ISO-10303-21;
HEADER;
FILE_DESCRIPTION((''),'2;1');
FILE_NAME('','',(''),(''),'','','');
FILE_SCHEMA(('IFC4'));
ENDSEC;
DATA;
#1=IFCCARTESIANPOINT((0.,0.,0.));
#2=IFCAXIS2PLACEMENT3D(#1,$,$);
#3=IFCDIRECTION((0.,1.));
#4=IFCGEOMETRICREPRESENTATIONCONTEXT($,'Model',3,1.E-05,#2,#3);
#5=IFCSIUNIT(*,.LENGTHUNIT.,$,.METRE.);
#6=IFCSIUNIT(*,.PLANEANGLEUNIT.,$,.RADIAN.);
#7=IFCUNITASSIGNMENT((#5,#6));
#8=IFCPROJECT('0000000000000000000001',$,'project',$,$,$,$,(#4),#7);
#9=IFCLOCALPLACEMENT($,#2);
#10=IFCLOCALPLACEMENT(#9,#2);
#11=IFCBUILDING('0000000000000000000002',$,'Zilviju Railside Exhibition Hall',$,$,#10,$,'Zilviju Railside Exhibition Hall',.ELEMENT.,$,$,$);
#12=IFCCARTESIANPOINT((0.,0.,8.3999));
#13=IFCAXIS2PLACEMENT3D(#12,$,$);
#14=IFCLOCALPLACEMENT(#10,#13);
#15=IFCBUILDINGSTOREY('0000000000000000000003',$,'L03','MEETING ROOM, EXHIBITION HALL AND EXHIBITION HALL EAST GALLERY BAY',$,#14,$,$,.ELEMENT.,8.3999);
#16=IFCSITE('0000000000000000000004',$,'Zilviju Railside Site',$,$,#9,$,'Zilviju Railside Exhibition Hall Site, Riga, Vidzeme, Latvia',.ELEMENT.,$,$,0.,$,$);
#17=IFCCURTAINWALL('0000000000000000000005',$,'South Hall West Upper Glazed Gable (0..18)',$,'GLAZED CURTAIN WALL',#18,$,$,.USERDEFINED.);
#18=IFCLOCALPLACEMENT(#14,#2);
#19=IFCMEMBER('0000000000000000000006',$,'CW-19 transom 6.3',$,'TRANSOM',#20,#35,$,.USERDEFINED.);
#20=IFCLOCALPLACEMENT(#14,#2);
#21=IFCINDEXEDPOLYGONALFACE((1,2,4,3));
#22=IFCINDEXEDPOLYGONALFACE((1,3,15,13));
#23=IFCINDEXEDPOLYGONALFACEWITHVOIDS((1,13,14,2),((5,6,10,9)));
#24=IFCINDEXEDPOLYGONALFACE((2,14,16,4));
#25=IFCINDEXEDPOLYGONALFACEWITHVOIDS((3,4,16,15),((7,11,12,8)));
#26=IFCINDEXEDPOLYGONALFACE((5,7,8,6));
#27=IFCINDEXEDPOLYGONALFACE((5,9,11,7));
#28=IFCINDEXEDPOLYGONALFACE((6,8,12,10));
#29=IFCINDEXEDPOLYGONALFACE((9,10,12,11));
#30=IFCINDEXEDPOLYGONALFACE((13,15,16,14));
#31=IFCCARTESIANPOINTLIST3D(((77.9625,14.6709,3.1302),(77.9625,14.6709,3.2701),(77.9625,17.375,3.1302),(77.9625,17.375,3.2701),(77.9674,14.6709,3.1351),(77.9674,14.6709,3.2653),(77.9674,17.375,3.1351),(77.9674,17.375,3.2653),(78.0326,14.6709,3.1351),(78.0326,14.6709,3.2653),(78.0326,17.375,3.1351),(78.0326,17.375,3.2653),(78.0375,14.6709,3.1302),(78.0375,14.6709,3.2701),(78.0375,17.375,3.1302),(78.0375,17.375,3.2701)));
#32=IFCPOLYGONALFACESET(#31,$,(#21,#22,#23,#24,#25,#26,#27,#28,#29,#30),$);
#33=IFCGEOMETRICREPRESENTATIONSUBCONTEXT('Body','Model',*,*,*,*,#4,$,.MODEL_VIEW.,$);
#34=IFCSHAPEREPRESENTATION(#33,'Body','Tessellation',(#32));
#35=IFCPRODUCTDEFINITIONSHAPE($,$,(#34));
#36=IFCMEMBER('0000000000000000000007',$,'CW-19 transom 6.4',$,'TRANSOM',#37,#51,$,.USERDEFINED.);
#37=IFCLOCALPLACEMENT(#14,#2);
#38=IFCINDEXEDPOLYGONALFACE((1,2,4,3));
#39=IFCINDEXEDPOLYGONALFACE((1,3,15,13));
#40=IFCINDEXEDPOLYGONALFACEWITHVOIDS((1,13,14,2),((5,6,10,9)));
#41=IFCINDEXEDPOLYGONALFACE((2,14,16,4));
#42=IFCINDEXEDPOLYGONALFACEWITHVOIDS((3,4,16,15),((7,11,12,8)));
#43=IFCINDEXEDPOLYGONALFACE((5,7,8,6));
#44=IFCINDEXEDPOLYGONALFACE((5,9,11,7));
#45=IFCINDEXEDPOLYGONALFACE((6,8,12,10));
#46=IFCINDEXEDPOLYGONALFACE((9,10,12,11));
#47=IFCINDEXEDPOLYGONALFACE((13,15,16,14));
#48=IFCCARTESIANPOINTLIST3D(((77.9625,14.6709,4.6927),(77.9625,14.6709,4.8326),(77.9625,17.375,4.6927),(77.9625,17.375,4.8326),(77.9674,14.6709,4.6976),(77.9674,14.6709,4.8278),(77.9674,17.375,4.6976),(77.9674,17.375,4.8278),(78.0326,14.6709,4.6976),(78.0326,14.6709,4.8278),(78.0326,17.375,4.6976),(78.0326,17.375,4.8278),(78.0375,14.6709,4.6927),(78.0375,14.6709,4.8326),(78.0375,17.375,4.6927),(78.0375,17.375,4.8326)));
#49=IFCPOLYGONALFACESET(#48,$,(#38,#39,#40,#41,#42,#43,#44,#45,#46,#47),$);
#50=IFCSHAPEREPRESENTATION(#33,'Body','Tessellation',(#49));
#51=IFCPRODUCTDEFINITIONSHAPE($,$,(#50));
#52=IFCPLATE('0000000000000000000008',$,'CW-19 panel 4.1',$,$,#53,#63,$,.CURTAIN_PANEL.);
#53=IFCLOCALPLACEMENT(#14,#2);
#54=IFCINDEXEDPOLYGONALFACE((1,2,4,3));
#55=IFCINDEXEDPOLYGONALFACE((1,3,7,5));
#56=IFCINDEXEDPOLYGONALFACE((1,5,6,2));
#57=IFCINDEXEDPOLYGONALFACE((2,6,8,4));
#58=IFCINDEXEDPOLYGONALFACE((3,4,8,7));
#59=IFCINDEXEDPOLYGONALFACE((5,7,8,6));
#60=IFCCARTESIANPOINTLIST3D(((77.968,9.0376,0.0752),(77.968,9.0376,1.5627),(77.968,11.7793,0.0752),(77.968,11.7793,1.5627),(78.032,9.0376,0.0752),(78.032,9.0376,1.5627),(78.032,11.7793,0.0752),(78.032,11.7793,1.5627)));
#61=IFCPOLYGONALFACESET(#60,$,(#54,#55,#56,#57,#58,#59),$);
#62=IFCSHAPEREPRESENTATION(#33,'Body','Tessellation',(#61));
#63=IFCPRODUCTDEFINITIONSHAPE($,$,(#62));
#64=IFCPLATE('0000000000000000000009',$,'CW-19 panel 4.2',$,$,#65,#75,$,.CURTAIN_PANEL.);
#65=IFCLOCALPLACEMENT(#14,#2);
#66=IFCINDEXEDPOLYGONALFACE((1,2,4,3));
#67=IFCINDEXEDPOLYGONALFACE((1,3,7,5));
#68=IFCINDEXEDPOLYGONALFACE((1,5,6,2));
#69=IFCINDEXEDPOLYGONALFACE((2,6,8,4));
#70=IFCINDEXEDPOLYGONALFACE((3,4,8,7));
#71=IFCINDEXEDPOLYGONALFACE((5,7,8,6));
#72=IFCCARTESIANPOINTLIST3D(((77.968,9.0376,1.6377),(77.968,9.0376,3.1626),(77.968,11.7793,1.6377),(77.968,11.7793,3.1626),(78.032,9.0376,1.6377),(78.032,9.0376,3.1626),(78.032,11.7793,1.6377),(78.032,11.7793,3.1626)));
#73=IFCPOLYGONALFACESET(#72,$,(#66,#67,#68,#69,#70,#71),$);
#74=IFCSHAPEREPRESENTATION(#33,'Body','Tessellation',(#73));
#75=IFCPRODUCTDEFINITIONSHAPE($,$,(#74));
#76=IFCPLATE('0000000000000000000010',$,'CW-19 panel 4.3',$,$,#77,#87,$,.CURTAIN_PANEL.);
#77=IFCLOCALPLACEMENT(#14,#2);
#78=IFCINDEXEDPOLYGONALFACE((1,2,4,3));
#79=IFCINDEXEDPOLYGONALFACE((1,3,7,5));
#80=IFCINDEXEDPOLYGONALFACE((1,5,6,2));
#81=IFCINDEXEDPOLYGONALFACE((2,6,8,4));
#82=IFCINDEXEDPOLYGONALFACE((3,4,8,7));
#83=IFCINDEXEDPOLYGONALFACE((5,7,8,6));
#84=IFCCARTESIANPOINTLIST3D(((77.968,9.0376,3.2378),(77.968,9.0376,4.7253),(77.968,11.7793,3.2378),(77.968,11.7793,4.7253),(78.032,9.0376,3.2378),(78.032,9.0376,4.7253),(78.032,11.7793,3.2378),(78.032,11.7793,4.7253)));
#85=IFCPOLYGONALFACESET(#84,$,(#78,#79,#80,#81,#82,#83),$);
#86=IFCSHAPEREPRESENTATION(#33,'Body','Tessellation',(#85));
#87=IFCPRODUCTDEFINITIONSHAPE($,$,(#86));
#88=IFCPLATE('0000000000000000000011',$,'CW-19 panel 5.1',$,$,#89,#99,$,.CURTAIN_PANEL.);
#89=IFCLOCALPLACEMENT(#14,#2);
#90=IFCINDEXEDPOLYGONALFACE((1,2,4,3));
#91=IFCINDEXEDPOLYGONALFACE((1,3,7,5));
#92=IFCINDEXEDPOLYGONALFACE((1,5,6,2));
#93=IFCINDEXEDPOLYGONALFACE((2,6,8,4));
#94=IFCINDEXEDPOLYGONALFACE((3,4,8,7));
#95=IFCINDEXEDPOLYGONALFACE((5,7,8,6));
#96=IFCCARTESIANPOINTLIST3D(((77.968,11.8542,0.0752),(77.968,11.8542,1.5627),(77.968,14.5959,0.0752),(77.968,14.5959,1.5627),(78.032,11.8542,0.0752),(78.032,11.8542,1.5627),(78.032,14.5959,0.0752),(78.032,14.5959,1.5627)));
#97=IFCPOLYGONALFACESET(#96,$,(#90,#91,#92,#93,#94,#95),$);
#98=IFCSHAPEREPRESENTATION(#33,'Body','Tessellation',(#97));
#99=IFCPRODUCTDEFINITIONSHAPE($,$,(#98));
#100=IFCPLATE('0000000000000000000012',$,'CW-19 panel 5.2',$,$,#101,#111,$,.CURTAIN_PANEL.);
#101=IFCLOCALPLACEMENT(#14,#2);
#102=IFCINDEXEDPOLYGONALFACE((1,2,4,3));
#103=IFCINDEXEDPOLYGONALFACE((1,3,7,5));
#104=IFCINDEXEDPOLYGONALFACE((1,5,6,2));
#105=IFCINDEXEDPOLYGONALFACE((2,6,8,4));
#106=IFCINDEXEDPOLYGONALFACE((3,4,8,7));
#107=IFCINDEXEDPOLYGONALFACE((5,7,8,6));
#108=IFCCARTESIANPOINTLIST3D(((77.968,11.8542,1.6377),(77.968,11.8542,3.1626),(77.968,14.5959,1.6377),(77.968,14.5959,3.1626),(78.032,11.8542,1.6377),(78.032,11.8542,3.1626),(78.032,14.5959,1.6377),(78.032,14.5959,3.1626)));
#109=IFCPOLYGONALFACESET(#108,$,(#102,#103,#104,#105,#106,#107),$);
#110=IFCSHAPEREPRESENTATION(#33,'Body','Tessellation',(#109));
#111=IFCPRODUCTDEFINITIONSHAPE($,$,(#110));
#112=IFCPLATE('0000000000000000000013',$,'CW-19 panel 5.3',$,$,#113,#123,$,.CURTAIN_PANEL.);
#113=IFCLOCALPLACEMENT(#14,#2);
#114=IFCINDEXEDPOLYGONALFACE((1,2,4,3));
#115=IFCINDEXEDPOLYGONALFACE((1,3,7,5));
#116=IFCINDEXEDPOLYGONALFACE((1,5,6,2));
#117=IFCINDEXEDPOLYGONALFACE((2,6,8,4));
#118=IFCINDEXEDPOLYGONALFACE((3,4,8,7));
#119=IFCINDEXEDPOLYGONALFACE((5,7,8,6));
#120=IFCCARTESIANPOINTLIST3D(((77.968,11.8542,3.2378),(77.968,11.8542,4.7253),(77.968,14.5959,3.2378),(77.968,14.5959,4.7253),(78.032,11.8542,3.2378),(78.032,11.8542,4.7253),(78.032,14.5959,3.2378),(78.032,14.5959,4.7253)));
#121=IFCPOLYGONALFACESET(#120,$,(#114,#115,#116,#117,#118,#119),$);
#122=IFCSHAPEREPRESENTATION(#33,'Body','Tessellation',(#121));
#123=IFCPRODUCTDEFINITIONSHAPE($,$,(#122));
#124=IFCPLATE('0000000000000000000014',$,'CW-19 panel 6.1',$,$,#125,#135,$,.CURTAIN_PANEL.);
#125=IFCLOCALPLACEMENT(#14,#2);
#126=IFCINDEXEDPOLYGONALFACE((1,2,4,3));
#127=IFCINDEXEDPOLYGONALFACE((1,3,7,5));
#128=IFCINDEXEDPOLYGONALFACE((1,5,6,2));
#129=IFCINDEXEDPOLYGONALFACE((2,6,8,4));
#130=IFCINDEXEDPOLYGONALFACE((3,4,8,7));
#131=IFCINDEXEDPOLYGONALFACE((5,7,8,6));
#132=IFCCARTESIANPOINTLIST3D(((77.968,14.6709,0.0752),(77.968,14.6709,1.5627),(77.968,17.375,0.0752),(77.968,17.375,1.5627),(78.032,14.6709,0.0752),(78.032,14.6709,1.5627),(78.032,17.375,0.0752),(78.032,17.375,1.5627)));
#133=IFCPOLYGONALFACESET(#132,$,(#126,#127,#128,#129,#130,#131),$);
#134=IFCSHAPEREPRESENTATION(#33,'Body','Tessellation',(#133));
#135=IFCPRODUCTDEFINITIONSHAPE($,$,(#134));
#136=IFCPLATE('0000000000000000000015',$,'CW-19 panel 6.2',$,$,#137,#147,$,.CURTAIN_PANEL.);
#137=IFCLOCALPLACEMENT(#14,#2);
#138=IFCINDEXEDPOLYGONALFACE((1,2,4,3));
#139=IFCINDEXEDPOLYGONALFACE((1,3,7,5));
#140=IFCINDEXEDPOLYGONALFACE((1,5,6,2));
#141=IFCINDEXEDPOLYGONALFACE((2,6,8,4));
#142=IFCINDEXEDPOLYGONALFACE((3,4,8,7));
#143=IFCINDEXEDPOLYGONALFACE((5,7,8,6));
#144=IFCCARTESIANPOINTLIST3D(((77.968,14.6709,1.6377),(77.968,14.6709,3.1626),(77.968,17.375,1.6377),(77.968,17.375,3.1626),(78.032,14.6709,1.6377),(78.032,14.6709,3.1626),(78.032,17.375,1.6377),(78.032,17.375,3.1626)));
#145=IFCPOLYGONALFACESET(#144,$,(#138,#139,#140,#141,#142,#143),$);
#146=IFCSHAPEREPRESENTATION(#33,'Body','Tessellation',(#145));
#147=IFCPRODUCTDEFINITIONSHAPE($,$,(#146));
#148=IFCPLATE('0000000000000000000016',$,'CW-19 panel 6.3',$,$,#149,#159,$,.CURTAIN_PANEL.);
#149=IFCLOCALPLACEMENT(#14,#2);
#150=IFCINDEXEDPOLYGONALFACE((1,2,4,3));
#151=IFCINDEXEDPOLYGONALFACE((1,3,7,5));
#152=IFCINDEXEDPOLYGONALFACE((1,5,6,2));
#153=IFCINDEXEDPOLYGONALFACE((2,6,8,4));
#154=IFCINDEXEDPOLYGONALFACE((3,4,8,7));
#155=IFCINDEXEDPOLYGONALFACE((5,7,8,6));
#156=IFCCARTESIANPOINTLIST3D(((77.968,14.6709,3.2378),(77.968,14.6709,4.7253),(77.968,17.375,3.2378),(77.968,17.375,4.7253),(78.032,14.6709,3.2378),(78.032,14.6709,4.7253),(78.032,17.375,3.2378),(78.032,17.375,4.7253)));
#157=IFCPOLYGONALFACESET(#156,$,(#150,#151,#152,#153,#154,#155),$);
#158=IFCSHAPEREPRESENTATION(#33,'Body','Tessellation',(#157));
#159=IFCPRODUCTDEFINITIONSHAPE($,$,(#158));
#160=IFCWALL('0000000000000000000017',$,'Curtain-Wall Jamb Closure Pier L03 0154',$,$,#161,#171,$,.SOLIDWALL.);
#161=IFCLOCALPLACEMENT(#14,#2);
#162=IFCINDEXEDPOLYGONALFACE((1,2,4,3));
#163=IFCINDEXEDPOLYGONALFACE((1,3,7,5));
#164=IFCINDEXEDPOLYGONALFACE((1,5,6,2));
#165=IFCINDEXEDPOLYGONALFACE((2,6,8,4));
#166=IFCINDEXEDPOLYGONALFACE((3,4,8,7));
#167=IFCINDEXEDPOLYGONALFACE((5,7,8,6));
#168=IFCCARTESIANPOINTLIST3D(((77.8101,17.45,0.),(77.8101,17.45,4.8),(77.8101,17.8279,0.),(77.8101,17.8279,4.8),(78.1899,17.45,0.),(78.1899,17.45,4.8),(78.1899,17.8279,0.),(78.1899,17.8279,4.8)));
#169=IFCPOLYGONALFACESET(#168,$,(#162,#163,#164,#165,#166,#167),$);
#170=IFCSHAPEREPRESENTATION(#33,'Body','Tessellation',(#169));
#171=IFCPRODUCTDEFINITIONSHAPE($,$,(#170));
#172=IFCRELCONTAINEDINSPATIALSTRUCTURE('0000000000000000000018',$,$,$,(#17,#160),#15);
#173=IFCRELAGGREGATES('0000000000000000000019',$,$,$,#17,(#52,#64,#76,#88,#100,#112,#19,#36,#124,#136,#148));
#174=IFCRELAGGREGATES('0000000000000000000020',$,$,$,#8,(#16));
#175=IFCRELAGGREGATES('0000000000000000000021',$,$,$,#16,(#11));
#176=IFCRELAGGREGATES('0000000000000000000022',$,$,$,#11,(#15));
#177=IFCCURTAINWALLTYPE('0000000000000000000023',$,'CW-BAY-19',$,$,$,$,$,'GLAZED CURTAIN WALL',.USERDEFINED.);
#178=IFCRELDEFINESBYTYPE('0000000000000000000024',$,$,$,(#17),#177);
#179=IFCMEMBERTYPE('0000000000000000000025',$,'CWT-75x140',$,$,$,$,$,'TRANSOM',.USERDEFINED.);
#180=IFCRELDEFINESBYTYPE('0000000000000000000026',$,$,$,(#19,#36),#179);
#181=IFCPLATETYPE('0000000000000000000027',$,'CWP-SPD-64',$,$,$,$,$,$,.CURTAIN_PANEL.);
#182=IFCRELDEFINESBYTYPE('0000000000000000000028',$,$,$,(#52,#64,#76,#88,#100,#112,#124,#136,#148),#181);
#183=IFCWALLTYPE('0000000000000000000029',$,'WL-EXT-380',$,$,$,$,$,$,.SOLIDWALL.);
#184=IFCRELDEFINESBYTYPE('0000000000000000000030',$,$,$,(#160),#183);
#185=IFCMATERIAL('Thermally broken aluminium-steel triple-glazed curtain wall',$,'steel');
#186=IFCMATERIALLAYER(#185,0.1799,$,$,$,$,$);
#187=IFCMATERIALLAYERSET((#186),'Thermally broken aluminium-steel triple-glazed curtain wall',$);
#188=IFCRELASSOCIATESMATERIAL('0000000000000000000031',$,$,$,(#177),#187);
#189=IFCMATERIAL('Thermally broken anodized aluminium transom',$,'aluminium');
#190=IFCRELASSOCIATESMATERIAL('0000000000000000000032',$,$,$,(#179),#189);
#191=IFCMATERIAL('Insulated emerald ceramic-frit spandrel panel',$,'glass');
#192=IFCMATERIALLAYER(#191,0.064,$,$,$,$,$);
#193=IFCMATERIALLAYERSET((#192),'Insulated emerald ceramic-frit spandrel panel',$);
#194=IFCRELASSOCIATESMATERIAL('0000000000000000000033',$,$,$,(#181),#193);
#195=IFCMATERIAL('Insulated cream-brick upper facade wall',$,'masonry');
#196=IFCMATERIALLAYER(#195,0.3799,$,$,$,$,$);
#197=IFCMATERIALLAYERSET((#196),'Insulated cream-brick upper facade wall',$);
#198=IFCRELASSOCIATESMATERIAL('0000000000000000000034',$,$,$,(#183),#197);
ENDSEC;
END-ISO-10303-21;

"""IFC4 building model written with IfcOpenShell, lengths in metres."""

from ifc_helpers import new_model, si_unit, direction, frame, frame_2d, origin, origin_2d, place, context, subcontext, project, spatial, rectangle, hollow_rectangle, extrude, material, layer, layer_set, material_profile, profile_set, type_object, element, aggregate, save


model = new_model("IFC4")

# Units and contexts
model_context = context("Model", 3, precision=1e-05, world=origin(), true_north=direction((0.0, 1.0)))
body_context = subcontext(model_context, "Body", "Model", "MODEL_VIEW")
ifc_project = project(units=[si_unit("LENGTHUNIT", "METRE"), si_unit("PLANEANGLEUNIT", "RADIAN")], contexts=[model_context])

# Site, building, storey
site_placement = place(None, origin())
site = spatial("IfcSite", under=ifc_project, at=site_placement, Name="Zilviju Railside Site", LongName="Zilviju Railside Exhibition Hall Site, Riga, Vidzeme, Latvia", CompositionType="ELEMENT", RefElevation=0.0)
building_placement = place(site_placement, origin())
building = spatial("IfcBuilding", under=site, at=building_placement, Name="Zilviju Railside Exhibition Hall", LongName="Zilviju Railside Exhibition Hall", CompositionType="ELEMENT")
storey_placement = place(building_placement, frame((0.0, 0.0, 8.3999)))
storey = spatial("IfcBuildingStorey", under=building, at=storey_placement, Name="L03", Description="MEETING ROOM, EXHIBITION HALL AND EXHIBITION HALL EAST GALLERY BAY", CompositionType="ELEMENT", Elevation=8.3999)

# Curtain wall, members, plates
ifc_material_1 = material(Name="Thermally broken aluminium-steel triple-glazed curtain wall", Category="steel")
ifc_layer_1 = layer(ifc_material_1, 0.1799)
ifc_layer_set_1 = layer_set([ifc_layer_1], Name="Thermally broken aluminium-steel triple-glazed curtain wall")
curtain_wall_type = type_object("IfcCurtainWallType", Name="CW-BAY-19", ElementType="GLAZED CURTAIN WALL", PredefinedType="USERDEFINED", material=ifc_layer_set_1)
curtain_wall_placement = place(storey_placement, origin())
curtain_wall = element("IfcCurtainWall", 1, at=curtain_wall_placement, inside=storey, type_object=curtain_wall_type, Name="South Hall West Upper Glazed Gable (0..18)", ObjectType="GLAZED CURTAIN WALL", PredefinedType="USERDEFINED")
ifc_material_2 = material(Name="Thermally broken anodized aluminium transom", Category="aluminium")
ifc_material_profile_1 = material_profile(ifc_material_2, hollow_rectangle(XDim=0.075, YDim=0.1399, WallThickness=0.0049, at=origin_2d()), Name="TRANSOM 140x75x5")
ifc_profile_set_1 = profile_set([ifc_material_profile_1], Name="Thermally broken anodized aluminium transom")
member_type_1 = type_object("IfcMemberType", Name="CWT-75x140", ElementType="TRANSOM", PredefinedType="USERDEFINED", material=ifc_profile_set_1)
member_1_placement = place(storey_placement, frame((78.0, 14.6709, 3.2002), z_axis=(0.0, 1.0, 0.0), x_axis=(-1.0, 0.0, 0.0)))
member_1 = element("IfcMember", 2, at=member_1_placement, type_object=member_type_1, Name="CW-19 transom 6.3", ObjectType="TRANSOM", PredefinedType="USERDEFINED", context=body_context, shape_type="SweptSolid", body=[
    extrude(hollow_rectangle(XDim=0.075, YDim=0.1399, WallThickness=0.0049, at=origin_2d()), origin(), (0.0, 0.0, 1.0), 2.7041),
])
member_2_placement = place(storey_placement, frame((78.0, 14.6709, 4.7627), z_axis=(0.0, 1.0, 0.0), x_axis=(-1.0, 0.0, 0.0)))
member_2 = element("IfcMember", 3, at=member_2_placement, type_object=member_type_1, Name="CW-19 transom 6.4", ObjectType="TRANSOM", PredefinedType="USERDEFINED", context=body_context, shape_type="SweptSolid", body=[
    extrude(hollow_rectangle(XDim=0.075, YDim=0.1399, WallThickness=0.0049, at=origin_2d()), origin(), (0.0, 0.0, 1.0), 2.7041),
])
ifc_material_3 = material(Name="Insulated emerald ceramic-frit spandrel panel", Category="glass")
ifc_layer_2 = layer(ifc_material_3, 0.064)
ifc_layer_set_2 = layer_set([ifc_layer_2], Name="Insulated emerald ceramic-frit spandrel panel")
plate_type = type_object("IfcPlateType", Name="CWP-SPD-64", PredefinedType="CURTAIN_PANEL", material=ifc_layer_set_2)
plate_1_placement = place(storey_placement, frame((78.0, 10.4084, 0.0752), z_axis=(0.0, 0.0, 1.0), x_axis=(0.0, 1.0, 0.0)))
plate_1 = element("IfcPlate", 4, at=plate_1_placement, type_object=plate_type, Name="CW-19 panel 4.1", PredefinedType="CURTAIN_PANEL", context=body_context, shape_type="SweptSolid", body=[
    extrude(rectangle(XDim=2.7417, YDim=0.064, at=origin_2d()), origin(), (0.0, 0.0, 1.0), 1.4875),
])
plate_2_placement = place(storey_placement, frame((78.0, 10.4084, 1.6377), z_axis=(0.0, 0.0, 1.0), x_axis=(0.0, 1.0, 0.0)))
plate_2 = element("IfcPlate", 5, at=plate_2_placement, type_object=plate_type, Name="CW-19 panel 4.2", PredefinedType="CURTAIN_PANEL", context=body_context, shape_type="SweptSolid", body=[
    extrude(rectangle(XDim=2.7417, YDim=0.064, at=origin_2d()), origin(), (0.0, 0.0, 1.0), 1.5249),
])
plate_3_placement = place(storey_placement, frame((78.0, 10.4084, 3.2378), z_axis=(0.0, 0.0, 1.0), x_axis=(0.0, 1.0, 0.0)))
plate_3 = element("IfcPlate", 6, at=plate_3_placement, type_object=plate_type, Name="CW-19 panel 4.3", PredefinedType="CURTAIN_PANEL", context=body_context, shape_type="SweptSolid", body=[
    extrude(rectangle(XDim=2.7417, YDim=0.064, at=origin_2d()), origin(), (0.0, 0.0, 1.0), 1.4875),
])
plate_4_placement = place(storey_placement, frame((78.0, 13.2251, 0.0752), z_axis=(0.0, 0.0, 1.0), x_axis=(0.0, 1.0, 0.0)))
plate_4 = element("IfcPlate", 7, at=plate_4_placement, type_object=plate_type, Name="CW-19 panel 5.1", PredefinedType="CURTAIN_PANEL", context=body_context, shape_type="SweptSolid", body=[
    extrude(rectangle(XDim=2.7417, YDim=0.064, at=origin_2d()), origin(), (0.0, 0.0, 1.0), 1.4875),
])
plate_5_placement = place(storey_placement, frame((78.0, 13.2251, 1.6377), z_axis=(0.0, 0.0, 1.0), x_axis=(0.0, 1.0, 0.0)))
plate_5 = element("IfcPlate", 8, at=plate_5_placement, type_object=plate_type, Name="CW-19 panel 5.2", PredefinedType="CURTAIN_PANEL", context=body_context, shape_type="SweptSolid", body=[
    extrude(rectangle(XDim=2.7417, YDim=0.064, at=origin_2d()), origin(), (0.0, 0.0, 1.0), 1.5249),
])
plate_6_placement = place(storey_placement, frame((78.0, 13.2251, 3.2378), z_axis=(0.0, 0.0, 1.0), x_axis=(0.0, 1.0, 0.0)))
plate_6 = element("IfcPlate", 9, at=plate_6_placement, type_object=plate_type, Name="CW-19 panel 5.3", PredefinedType="CURTAIN_PANEL", context=body_context, shape_type="SweptSolid", body=[
    extrude(rectangle(XDim=2.7417, YDim=0.064, at=origin_2d()), origin(), (0.0, 0.0, 1.0), 1.4875),
])
plate_7_placement = place(storey_placement, frame((78.0, 16.0229, 0.0752), z_axis=(0.0, 0.0, 1.0), x_axis=(0.0, 1.0, 0.0)))
plate_7 = element("IfcPlate", 10, at=plate_7_placement, type_object=plate_type, Name="CW-19 panel 6.1", PredefinedType="CURTAIN_PANEL", context=body_context, shape_type="SweptSolid", body=[
    extrude(rectangle(XDim=2.7041, YDim=0.064, at=origin_2d()), origin(), (0.0, 0.0, 1.0), 1.4875),
])
plate_8_placement = place(storey_placement, frame((78.0, 16.0229, 1.6377), z_axis=(0.0, 0.0, 1.0), x_axis=(0.0, 1.0, 0.0)))
plate_8 = element("IfcPlate", 11, at=plate_8_placement, type_object=plate_type, Name="CW-19 panel 6.2", PredefinedType="CURTAIN_PANEL", context=body_context, shape_type="SweptSolid", body=[
    extrude(rectangle(XDim=2.7041, YDim=0.064, at=origin_2d()), origin(), (0.0, 0.0, 1.0), 1.5249),
])
plate_9_placement = place(storey_placement, frame((78.0, 16.0229, 3.2378), z_axis=(0.0, 0.0, 1.0), x_axis=(0.0, 1.0, 0.0)))
plate_9 = element("IfcPlate", 12, at=plate_9_placement, type_object=plate_type, Name="CW-19 panel 6.3", PredefinedType="CURTAIN_PANEL", context=body_context, shape_type="SweptSolid", body=[
    extrude(rectangle(XDim=2.7041, YDim=0.064, at=origin_2d()), origin(), (0.0, 0.0, 1.0), 1.4875),
])
aggregate(curtain_wall, [plate_1, plate_2, plate_3, plate_4, plate_5, plate_6, member_1, member_2, plate_7, plate_8, plate_9])

# Wall
ifc_material_4 = material(Name="Insulated cream-brick upper facade wall", Category="masonry")
ifc_layer_3 = layer(ifc_material_4, 0.3799)
ifc_layer_set_3 = layer_set([ifc_layer_3], Name="Insulated cream-brick upper facade wall")
wall_type = type_object("IfcWallType", Name="WL-EXT-380", PredefinedType="SOLIDWALL", material=ifc_layer_set_3)
wall_placement = place(storey_placement, frame((78.0, 17.45, 0.0), z_axis=(0.0, 0.0, 1.0), x_axis=(0.0, 1.0, 0.0)))
element("IfcWall", 13, at=wall_placement, inside=storey, type_object=wall_type, Name="Curtain-Wall Jamb Closure Pier L03 0154", PredefinedType="SOLIDWALL", context=body_context, shape_type="SweptSolid", body=[
    extrude(rectangle(XDim=0.3779, YDim=0.3799, at=frame_2d((0.189, 0.0))), origin(), (0.0, 0.0, 1.0), 4.8),
])

save(model, "model.ifc")
